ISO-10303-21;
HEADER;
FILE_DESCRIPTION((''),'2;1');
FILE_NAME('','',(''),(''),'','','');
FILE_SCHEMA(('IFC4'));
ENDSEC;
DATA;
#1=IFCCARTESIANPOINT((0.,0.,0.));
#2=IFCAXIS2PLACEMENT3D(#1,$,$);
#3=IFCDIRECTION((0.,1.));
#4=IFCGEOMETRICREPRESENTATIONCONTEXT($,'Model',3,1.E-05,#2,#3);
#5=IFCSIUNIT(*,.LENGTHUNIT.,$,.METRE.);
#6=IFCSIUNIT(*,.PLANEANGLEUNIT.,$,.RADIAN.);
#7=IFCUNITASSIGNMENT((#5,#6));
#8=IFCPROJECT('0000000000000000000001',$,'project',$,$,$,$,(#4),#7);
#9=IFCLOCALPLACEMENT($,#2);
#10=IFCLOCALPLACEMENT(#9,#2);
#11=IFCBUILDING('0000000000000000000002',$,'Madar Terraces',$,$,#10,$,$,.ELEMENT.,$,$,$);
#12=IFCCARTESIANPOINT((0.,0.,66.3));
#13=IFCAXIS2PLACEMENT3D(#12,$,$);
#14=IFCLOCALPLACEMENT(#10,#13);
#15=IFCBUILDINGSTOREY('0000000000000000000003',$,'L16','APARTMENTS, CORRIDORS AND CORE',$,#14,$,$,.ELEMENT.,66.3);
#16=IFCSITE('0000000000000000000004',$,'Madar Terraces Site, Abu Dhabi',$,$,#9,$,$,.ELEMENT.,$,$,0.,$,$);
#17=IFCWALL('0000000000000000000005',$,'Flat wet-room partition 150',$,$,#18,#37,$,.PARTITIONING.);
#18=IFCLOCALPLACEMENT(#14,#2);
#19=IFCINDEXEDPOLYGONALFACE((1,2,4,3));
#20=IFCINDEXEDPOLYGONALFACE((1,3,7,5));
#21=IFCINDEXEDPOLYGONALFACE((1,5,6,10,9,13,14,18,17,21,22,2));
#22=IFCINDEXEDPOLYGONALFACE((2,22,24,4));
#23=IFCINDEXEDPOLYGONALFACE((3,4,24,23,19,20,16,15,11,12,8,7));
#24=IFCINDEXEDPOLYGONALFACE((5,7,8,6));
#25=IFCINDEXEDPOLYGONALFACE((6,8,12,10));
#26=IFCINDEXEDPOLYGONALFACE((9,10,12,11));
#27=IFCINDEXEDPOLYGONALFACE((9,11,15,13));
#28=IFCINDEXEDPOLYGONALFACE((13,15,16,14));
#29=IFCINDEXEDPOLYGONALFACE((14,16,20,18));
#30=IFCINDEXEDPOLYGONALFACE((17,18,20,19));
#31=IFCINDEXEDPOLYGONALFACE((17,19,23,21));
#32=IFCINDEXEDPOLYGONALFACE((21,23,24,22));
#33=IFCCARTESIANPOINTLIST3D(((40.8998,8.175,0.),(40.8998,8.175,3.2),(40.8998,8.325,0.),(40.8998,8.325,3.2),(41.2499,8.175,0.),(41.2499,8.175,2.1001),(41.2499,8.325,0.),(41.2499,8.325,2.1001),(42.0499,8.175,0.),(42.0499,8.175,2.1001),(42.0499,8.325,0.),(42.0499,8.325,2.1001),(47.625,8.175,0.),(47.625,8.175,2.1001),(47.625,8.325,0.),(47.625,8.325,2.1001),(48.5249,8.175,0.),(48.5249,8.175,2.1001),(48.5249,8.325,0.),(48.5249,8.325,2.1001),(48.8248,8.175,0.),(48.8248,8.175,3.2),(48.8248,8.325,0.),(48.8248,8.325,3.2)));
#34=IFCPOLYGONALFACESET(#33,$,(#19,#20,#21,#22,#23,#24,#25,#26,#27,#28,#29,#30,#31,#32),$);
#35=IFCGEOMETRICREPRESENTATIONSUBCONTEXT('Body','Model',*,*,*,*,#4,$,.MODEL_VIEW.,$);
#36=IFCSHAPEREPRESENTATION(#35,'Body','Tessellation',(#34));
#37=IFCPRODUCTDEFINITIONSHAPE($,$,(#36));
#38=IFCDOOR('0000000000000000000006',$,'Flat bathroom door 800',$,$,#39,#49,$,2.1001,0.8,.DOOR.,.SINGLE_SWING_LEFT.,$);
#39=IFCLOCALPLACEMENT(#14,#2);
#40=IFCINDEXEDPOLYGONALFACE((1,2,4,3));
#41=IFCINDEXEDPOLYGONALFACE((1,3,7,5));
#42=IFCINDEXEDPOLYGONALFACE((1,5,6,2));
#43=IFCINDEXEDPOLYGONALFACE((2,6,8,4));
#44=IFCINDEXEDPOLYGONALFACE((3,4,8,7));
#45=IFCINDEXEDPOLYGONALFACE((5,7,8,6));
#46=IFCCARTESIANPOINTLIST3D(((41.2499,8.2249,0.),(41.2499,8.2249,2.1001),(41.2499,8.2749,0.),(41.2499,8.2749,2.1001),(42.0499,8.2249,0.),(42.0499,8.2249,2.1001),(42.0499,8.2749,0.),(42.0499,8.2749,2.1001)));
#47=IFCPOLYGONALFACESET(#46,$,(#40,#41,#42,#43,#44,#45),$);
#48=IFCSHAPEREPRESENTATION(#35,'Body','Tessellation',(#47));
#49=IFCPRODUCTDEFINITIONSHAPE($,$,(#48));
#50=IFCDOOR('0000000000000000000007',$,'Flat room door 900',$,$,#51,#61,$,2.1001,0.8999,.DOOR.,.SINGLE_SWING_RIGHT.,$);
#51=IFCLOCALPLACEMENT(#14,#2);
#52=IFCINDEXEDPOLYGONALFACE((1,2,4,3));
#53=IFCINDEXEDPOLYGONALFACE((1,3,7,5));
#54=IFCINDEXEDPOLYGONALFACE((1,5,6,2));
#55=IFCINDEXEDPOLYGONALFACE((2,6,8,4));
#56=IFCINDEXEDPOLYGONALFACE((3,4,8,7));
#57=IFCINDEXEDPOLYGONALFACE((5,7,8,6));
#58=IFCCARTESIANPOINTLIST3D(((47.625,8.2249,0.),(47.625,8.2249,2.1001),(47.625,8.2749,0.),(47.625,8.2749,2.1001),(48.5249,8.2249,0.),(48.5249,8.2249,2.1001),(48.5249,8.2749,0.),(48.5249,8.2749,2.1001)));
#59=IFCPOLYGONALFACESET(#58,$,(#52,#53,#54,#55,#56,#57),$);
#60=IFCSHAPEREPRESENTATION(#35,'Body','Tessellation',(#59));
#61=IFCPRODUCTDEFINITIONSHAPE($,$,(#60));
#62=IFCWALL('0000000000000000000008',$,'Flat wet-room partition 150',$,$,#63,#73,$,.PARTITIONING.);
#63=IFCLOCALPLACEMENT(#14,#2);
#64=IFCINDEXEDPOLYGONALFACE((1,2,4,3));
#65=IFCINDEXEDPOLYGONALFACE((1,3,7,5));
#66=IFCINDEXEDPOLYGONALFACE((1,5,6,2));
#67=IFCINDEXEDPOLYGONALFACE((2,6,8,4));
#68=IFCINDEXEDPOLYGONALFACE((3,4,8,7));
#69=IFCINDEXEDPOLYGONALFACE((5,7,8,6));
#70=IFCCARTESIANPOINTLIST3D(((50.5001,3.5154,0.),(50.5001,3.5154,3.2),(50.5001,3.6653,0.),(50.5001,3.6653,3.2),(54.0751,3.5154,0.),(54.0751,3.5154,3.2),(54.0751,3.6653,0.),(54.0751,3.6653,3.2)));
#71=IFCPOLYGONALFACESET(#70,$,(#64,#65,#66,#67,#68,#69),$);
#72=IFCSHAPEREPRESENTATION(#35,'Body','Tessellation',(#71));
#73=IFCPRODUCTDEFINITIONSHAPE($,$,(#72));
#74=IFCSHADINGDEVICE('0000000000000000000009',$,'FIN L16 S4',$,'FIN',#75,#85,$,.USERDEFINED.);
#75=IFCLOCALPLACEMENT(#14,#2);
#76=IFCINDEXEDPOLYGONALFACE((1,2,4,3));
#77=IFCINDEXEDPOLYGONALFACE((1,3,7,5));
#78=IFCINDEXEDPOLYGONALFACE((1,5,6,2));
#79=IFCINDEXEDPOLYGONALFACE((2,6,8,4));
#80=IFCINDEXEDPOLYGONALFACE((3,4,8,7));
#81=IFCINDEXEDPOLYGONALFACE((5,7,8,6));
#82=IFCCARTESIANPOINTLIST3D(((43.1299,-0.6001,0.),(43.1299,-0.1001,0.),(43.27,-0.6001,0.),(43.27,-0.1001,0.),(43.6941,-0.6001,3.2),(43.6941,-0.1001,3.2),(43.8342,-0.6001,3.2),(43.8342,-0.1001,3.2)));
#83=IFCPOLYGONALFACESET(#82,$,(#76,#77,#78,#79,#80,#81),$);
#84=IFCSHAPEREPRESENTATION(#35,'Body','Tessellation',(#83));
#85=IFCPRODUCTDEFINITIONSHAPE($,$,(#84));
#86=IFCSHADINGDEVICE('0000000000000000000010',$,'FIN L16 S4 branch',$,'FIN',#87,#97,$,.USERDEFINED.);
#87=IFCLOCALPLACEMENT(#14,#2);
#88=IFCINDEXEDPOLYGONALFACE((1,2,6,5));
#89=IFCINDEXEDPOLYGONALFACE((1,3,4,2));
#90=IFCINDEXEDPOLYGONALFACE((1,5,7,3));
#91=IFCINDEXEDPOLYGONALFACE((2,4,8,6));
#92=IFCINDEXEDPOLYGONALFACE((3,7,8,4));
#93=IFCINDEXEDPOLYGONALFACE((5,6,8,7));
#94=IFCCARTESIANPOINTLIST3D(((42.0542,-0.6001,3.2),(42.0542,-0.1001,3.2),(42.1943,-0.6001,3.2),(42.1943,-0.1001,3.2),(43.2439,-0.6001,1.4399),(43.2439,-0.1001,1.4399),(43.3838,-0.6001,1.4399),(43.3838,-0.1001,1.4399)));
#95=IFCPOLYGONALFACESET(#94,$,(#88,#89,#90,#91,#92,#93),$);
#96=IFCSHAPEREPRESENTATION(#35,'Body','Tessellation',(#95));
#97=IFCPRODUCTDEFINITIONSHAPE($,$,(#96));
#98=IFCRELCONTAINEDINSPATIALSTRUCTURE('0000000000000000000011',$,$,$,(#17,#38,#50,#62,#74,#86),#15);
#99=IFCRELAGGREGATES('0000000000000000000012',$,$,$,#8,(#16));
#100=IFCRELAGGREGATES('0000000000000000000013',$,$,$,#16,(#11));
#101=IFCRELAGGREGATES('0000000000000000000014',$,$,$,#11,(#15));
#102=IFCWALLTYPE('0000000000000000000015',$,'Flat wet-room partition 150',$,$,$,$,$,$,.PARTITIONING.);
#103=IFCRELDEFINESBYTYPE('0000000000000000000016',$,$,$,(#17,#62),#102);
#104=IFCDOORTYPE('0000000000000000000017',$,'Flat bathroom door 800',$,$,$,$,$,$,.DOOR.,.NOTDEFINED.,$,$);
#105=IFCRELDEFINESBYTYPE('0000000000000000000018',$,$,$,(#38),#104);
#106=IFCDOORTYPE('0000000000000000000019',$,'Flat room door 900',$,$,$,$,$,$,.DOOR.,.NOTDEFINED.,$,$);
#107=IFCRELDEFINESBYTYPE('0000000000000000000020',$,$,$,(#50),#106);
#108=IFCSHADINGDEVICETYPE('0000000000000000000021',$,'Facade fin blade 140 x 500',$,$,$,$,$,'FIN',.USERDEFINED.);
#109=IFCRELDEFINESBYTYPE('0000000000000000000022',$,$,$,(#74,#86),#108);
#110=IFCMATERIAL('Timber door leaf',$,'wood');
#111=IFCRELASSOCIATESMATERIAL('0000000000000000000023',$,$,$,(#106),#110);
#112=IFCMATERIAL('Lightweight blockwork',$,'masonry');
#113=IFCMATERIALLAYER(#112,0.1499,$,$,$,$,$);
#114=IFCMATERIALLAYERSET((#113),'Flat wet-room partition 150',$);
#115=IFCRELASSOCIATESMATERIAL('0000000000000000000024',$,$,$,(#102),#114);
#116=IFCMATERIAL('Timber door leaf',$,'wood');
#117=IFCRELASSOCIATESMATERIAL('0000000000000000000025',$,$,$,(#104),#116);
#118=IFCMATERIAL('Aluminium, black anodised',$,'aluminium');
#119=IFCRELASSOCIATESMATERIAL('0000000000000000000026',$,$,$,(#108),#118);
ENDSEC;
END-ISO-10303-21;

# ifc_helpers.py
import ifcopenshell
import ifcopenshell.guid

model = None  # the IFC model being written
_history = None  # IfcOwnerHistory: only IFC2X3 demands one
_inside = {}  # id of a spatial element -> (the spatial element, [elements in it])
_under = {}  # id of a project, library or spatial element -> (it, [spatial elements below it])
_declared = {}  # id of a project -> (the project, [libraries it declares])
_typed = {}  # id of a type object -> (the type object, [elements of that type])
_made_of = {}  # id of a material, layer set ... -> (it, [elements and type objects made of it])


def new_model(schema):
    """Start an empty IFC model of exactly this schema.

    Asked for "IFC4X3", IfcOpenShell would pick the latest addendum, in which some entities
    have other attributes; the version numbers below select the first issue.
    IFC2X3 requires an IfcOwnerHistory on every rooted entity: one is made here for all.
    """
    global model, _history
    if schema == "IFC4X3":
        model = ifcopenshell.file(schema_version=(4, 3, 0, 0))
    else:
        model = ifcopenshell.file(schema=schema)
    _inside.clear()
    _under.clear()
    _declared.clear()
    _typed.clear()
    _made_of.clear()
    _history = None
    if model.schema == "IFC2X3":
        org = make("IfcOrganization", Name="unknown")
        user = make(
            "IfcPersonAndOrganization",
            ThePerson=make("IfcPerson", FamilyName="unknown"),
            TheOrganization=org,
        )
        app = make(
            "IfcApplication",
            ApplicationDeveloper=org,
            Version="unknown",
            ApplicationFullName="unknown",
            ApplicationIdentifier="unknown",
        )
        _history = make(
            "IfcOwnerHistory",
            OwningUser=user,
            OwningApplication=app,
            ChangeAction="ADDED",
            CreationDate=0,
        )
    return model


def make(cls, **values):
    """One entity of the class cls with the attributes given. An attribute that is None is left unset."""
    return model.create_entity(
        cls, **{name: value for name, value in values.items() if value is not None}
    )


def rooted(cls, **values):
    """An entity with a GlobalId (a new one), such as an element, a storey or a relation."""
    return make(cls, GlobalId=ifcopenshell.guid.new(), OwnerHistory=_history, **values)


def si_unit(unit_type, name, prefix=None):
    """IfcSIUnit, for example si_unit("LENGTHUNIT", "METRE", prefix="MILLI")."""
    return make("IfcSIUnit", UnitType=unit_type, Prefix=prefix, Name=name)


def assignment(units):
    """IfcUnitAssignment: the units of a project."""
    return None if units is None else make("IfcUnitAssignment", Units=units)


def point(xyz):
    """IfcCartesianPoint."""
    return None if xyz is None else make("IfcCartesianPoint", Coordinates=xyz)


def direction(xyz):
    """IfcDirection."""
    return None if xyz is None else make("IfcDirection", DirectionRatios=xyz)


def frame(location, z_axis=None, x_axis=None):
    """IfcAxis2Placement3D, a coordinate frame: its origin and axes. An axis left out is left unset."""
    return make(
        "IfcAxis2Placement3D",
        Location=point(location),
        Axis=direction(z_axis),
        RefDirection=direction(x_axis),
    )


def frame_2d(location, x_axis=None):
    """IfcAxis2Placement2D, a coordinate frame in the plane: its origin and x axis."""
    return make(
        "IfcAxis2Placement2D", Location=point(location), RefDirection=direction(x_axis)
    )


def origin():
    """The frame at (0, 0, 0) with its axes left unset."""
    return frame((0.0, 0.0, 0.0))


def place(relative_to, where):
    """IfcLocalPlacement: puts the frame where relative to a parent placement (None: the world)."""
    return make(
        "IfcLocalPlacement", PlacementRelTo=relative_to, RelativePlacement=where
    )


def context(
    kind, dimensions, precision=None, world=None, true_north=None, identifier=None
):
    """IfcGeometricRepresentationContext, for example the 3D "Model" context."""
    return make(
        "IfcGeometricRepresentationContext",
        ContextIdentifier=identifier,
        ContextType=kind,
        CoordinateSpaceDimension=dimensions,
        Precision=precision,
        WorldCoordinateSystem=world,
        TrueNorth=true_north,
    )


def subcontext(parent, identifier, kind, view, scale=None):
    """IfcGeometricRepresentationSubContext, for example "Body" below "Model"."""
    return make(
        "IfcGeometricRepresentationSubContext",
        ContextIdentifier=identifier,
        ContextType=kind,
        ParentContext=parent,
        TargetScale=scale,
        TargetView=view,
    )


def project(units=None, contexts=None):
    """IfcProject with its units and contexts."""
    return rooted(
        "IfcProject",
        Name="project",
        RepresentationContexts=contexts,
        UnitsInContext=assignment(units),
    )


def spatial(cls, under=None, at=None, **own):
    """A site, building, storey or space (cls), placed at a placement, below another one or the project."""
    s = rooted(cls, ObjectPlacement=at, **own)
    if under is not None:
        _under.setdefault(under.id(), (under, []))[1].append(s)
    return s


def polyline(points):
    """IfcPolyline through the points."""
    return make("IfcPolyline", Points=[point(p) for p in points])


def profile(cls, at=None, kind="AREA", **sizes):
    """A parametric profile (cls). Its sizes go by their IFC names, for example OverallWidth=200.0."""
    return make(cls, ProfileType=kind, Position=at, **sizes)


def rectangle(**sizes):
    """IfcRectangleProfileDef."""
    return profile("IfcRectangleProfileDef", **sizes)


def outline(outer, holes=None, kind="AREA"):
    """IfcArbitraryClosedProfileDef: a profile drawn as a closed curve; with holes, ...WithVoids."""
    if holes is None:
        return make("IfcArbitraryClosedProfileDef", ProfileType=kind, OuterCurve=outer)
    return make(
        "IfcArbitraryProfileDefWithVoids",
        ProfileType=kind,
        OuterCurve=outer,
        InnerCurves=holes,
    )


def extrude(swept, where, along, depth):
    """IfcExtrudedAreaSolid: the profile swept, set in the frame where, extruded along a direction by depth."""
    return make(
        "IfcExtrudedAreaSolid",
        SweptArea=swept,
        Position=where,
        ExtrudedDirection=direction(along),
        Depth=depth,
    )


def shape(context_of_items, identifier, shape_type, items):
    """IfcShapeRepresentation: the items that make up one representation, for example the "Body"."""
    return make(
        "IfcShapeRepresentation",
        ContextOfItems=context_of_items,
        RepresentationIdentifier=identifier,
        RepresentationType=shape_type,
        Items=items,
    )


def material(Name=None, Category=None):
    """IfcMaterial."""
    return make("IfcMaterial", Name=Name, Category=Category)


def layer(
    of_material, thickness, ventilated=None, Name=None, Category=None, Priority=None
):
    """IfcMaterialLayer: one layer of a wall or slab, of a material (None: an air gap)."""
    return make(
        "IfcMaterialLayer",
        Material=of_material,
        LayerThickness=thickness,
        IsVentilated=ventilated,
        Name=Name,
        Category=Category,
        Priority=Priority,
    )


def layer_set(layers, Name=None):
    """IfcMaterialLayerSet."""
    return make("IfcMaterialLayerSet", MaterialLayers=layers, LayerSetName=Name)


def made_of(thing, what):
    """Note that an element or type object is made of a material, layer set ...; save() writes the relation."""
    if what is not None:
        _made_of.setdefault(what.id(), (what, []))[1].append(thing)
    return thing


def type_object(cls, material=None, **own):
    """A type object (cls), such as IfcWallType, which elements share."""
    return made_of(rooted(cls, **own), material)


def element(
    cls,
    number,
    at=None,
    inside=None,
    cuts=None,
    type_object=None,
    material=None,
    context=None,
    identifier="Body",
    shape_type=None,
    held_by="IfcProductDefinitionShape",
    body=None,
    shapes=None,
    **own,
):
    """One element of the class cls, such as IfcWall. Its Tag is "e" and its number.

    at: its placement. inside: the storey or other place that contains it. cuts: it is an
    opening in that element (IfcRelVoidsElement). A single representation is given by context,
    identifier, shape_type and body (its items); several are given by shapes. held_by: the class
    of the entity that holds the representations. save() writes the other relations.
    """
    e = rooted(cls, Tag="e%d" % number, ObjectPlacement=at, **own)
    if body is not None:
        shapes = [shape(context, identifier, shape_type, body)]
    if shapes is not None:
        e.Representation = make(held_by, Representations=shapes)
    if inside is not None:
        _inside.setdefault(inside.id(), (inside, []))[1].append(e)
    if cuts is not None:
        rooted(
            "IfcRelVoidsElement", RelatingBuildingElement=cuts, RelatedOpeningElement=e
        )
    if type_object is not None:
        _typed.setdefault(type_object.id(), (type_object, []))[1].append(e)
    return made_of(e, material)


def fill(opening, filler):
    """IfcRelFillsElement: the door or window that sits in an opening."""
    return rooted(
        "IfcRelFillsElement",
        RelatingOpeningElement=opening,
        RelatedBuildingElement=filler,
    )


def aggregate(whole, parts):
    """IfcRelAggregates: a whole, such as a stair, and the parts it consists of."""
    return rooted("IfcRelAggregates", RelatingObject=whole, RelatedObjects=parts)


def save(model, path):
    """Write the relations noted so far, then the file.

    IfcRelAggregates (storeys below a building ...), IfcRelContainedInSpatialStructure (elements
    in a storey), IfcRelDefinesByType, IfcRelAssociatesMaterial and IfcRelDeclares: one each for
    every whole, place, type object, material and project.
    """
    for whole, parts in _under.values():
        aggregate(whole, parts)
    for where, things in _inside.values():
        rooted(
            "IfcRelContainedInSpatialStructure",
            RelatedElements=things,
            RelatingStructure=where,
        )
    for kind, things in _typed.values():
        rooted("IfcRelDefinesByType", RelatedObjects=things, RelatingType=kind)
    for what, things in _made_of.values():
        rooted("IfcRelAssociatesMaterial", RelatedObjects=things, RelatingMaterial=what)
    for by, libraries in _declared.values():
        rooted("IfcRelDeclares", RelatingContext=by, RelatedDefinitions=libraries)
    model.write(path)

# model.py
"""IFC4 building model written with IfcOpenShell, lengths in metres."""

from ifc_helpers import new_model, si_unit, direction, frame, frame_2d, origin, place, context, subcontext, project, spatial, polyline, rectangle, outline, extrude, material, layer, layer_set, type_object, element, fill, save


model = new_model("IFC4")

# Units and contexts
model_context = context("Model", 3, precision=1e-05, world=origin(), true_north=direction((0.0, 1.0)))
body_context = subcontext(model_context, "Body", "Model", "MODEL_VIEW")
ifc_project = project(units=[si_unit("LENGTHUNIT", "METRE"), si_unit("PLANEANGLEUNIT", "RADIAN")], contexts=[model_context])

# Site, building, storey
site_placement = place(None, origin())
site = spatial("IfcSite", under=ifc_project, at=site_placement, Name="Madar Terraces Site, Abu Dhabi", CompositionType="ELEMENT", RefElevation=0.0)
building_placement = place(site_placement, origin())
building = spatial("IfcBuilding", under=site, at=building_placement, Name="Madar Terraces", CompositionType="ELEMENT")
storey_placement = place(building_placement, frame((0.0, 0.0, 66.3)))
storey = spatial("IfcBuildingStorey", under=building, at=storey_placement, Name="L16", Description="APARTMENTS, CORRIDORS AND CORE", CompositionType="ELEMENT", Elevation=66.3)

# Wall, openings, doors
ifc_material_1 = material(Name="Timber door leaf", Category="wood")
door_type_1 = type_object("IfcDoorType", Name="Flat room door 900", OperationType="NOTDEFINED", PredefinedType="DOOR", material=ifc_material_1)
ifc_material_2 = material(Name="Lightweight blockwork", Category="masonry")
ifc_layer_1 = layer(ifc_material_2, 0.1499)
ifc_layer_set_1 = layer_set([ifc_layer_1], Name="Flat wet-room partition 150")
wall_type_1 = type_object("IfcWallType", Name="Flat wet-room partition 150", PredefinedType="PARTITIONING", material=ifc_layer_set_1)
wall_1_placement = place(storey_placement, frame((40.8999, 8.25, 0.0), z_axis=(0.0, 0.0, 1.0), x_axis=(1.0, 0.0, 0.0)))
wall_1 = element("IfcWall", 1, at=wall_1_placement, inside=storey, type_object=wall_type_1, Name="Flat wet-room partition 150", PredefinedType="PARTITIONING", context=body_context, shape_type="SweptSolid", body=[
    extrude(rectangle(XDim=7.925, YDim=0.1499, at=frame_2d((3.9624, 0.0))), origin(), (0.0, 0.0, 1.0), 3.2),
])
opening_1_placement = place(wall_1_placement, frame((6.7251, 0.0, 0.0)))
opening_1 = element("IfcOpeningElement", 2, at=opening_1_placement, cuts=wall_1, PredefinedType="OPENING", context=body_context, shape_type="SweptSolid", body=[
    extrude(rectangle(XDim=0.8999, YDim=2.1001, at=frame_2d((0.45, 1.05))), frame((0.0, 0.085, 0.0), z_axis=(0.0, -1.0, 0.0), x_axis=(1.0, 0.0, 0.0)), (0.0, 0.0, 1.0), 0.1699),
])
opening_2_placement = place(wall_1_placement, frame((0.3501, 0.0, 0.0)))
opening_2 = element("IfcOpeningElement", 3, at=opening_2_placement, cuts=wall_1, PredefinedType="OPENING", context=body_context, shape_type="SweptSolid", body=[
    extrude(rectangle(XDim=0.8, YDim=2.1001, at=frame_2d((0.3999, 1.05))), frame((0.0, 0.085, 0.0), z_axis=(0.0, -1.0, 0.0), x_axis=(1.0, 0.0, 0.0)), (0.0, 0.0, 1.0), 0.1699),
])
ifc_material_3 = material(Name="Timber door leaf", Category="wood")
door_type_2 = type_object("IfcDoorType", Name="Flat bathroom door 800", OperationType="NOTDEFINED", PredefinedType="DOOR", material=ifc_material_3)
door_1_placement = place(opening_2_placement, origin())
door_1 = element("IfcDoor", 4, at=door_1_placement, inside=storey, type_object=door_type_2, Name="Flat bathroom door 800", OperationType="SINGLE_SWING_LEFT", OverallHeight=2.1001, OverallWidth=0.8, PredefinedType="DOOR", context=body_context, shape_type="SweptSolid", body=[
    extrude(rectangle(XDim=0.8, YDim=2.1001, at=frame_2d((0.3999, 1.05))), frame((0.0, 0.0249, 0.0), z_axis=(0.0, -1.0, 0.0), x_axis=(1.0, 0.0, 0.0)), (0.0, 0.0, 1.0), 0.05),
])
fill(opening_2, door_1)
door_2_placement = place(opening_1_placement, origin())
door_2 = element("IfcDoor", 5, at=door_2_placement, inside=storey, type_object=door_type_1, Name="Flat room door 900", OperationType="SINGLE_SWING_RIGHT", OverallHeight=2.1001, OverallWidth=0.8999, PredefinedType="DOOR", context=body_context, shape_type="SweptSolid", body=[
    extrude(rectangle(XDim=0.8999, YDim=2.1001, at=frame_2d((0.45, 1.05))), frame((0.0, 0.0249, 0.0), z_axis=(0.0, -1.0, 0.0), x_axis=(1.0, 0.0, 0.0)), (0.0, 0.0, 1.0), 0.05),
])
fill(opening_1, door_2)

# Wall
wall_2_placement = place(storey_placement, frame((50.5, 3.5903, 0.0), z_axis=(0.0, 0.0, 1.0), x_axis=(1.0, 0.0, 0.0)))
element("IfcWall", 6, at=wall_2_placement, inside=storey, type_object=wall_type_1, Name="Flat wet-room partition 150", PredefinedType="PARTITIONING", context=body_context, shape_type="SweptSolid", body=[
    extrude(rectangle(XDim=3.575, YDim=0.1499, at=frame_2d((1.7876, 0.0))), origin(), (0.0, 0.0, 1.0), 3.2),
])

# Shading devices
ifc_material_4 = material(Name="Aluminium, black anodised", Category="aluminium")
shading_device_type = type_object("IfcShadingDeviceType", Name="Facade fin blade 140 x 500", ElementType="FIN", PredefinedType="USERDEFINED", material=ifc_material_4)
shading_device_1_placement = place(storey_placement, frame((43.1299, -0.3501, 0.0), z_axis=(0.0, 0.0, 1.0), x_axis=(1.0, 0.0, 0.0)))
element("IfcShadingDevice", 7, at=shading_device_1_placement, inside=storey, type_object=shading_device_type, Name="FIN L16 S4", ObjectType="FIN", PredefinedType="USERDEFINED", context=body_context, shape_type="SweptSolid", body=[
    extrude(outline(polyline([(0.0, 0.0), (0.1401, 0.0), (0.7043, 3.2), (0.5642, 3.2), (0.0, 0.0)])), frame((0.0, 0.25, 0.0), z_axis=(0.0, -1.0, 0.0), x_axis=(1.0, 0.0, 0.0)), (0.0, 0.0, 1.0), 0.5),
])
shading_device_2_placement = place(storey_placement, frame((43.2439, -0.3501, 1.4399), z_axis=(0.0, 0.0, 1.0), x_axis=(1.0, 0.0, 0.0)))
element("IfcShadingDevice", 8, at=shading_device_2_placement, inside=storey, type_object=shading_device_type, Name="FIN L16 S4 branch", ObjectType="FIN", PredefinedType="USERDEFINED", context=body_context, shape_type="SweptSolid", body=[
    extrude(outline(polyline([(0.0, 0.0), (0.1399, 0.0), (-1.0496, 1.76), (-1.1897, 1.76), (0.0, 0.0)])), frame((0.0, 0.25, 0.0), z_axis=(0.0, -1.0, 0.0), x_axis=(1.0, 0.0, 0.0)), (0.0, 0.0, 1.0), 0.5),
])

save(model, "model.ifc")
